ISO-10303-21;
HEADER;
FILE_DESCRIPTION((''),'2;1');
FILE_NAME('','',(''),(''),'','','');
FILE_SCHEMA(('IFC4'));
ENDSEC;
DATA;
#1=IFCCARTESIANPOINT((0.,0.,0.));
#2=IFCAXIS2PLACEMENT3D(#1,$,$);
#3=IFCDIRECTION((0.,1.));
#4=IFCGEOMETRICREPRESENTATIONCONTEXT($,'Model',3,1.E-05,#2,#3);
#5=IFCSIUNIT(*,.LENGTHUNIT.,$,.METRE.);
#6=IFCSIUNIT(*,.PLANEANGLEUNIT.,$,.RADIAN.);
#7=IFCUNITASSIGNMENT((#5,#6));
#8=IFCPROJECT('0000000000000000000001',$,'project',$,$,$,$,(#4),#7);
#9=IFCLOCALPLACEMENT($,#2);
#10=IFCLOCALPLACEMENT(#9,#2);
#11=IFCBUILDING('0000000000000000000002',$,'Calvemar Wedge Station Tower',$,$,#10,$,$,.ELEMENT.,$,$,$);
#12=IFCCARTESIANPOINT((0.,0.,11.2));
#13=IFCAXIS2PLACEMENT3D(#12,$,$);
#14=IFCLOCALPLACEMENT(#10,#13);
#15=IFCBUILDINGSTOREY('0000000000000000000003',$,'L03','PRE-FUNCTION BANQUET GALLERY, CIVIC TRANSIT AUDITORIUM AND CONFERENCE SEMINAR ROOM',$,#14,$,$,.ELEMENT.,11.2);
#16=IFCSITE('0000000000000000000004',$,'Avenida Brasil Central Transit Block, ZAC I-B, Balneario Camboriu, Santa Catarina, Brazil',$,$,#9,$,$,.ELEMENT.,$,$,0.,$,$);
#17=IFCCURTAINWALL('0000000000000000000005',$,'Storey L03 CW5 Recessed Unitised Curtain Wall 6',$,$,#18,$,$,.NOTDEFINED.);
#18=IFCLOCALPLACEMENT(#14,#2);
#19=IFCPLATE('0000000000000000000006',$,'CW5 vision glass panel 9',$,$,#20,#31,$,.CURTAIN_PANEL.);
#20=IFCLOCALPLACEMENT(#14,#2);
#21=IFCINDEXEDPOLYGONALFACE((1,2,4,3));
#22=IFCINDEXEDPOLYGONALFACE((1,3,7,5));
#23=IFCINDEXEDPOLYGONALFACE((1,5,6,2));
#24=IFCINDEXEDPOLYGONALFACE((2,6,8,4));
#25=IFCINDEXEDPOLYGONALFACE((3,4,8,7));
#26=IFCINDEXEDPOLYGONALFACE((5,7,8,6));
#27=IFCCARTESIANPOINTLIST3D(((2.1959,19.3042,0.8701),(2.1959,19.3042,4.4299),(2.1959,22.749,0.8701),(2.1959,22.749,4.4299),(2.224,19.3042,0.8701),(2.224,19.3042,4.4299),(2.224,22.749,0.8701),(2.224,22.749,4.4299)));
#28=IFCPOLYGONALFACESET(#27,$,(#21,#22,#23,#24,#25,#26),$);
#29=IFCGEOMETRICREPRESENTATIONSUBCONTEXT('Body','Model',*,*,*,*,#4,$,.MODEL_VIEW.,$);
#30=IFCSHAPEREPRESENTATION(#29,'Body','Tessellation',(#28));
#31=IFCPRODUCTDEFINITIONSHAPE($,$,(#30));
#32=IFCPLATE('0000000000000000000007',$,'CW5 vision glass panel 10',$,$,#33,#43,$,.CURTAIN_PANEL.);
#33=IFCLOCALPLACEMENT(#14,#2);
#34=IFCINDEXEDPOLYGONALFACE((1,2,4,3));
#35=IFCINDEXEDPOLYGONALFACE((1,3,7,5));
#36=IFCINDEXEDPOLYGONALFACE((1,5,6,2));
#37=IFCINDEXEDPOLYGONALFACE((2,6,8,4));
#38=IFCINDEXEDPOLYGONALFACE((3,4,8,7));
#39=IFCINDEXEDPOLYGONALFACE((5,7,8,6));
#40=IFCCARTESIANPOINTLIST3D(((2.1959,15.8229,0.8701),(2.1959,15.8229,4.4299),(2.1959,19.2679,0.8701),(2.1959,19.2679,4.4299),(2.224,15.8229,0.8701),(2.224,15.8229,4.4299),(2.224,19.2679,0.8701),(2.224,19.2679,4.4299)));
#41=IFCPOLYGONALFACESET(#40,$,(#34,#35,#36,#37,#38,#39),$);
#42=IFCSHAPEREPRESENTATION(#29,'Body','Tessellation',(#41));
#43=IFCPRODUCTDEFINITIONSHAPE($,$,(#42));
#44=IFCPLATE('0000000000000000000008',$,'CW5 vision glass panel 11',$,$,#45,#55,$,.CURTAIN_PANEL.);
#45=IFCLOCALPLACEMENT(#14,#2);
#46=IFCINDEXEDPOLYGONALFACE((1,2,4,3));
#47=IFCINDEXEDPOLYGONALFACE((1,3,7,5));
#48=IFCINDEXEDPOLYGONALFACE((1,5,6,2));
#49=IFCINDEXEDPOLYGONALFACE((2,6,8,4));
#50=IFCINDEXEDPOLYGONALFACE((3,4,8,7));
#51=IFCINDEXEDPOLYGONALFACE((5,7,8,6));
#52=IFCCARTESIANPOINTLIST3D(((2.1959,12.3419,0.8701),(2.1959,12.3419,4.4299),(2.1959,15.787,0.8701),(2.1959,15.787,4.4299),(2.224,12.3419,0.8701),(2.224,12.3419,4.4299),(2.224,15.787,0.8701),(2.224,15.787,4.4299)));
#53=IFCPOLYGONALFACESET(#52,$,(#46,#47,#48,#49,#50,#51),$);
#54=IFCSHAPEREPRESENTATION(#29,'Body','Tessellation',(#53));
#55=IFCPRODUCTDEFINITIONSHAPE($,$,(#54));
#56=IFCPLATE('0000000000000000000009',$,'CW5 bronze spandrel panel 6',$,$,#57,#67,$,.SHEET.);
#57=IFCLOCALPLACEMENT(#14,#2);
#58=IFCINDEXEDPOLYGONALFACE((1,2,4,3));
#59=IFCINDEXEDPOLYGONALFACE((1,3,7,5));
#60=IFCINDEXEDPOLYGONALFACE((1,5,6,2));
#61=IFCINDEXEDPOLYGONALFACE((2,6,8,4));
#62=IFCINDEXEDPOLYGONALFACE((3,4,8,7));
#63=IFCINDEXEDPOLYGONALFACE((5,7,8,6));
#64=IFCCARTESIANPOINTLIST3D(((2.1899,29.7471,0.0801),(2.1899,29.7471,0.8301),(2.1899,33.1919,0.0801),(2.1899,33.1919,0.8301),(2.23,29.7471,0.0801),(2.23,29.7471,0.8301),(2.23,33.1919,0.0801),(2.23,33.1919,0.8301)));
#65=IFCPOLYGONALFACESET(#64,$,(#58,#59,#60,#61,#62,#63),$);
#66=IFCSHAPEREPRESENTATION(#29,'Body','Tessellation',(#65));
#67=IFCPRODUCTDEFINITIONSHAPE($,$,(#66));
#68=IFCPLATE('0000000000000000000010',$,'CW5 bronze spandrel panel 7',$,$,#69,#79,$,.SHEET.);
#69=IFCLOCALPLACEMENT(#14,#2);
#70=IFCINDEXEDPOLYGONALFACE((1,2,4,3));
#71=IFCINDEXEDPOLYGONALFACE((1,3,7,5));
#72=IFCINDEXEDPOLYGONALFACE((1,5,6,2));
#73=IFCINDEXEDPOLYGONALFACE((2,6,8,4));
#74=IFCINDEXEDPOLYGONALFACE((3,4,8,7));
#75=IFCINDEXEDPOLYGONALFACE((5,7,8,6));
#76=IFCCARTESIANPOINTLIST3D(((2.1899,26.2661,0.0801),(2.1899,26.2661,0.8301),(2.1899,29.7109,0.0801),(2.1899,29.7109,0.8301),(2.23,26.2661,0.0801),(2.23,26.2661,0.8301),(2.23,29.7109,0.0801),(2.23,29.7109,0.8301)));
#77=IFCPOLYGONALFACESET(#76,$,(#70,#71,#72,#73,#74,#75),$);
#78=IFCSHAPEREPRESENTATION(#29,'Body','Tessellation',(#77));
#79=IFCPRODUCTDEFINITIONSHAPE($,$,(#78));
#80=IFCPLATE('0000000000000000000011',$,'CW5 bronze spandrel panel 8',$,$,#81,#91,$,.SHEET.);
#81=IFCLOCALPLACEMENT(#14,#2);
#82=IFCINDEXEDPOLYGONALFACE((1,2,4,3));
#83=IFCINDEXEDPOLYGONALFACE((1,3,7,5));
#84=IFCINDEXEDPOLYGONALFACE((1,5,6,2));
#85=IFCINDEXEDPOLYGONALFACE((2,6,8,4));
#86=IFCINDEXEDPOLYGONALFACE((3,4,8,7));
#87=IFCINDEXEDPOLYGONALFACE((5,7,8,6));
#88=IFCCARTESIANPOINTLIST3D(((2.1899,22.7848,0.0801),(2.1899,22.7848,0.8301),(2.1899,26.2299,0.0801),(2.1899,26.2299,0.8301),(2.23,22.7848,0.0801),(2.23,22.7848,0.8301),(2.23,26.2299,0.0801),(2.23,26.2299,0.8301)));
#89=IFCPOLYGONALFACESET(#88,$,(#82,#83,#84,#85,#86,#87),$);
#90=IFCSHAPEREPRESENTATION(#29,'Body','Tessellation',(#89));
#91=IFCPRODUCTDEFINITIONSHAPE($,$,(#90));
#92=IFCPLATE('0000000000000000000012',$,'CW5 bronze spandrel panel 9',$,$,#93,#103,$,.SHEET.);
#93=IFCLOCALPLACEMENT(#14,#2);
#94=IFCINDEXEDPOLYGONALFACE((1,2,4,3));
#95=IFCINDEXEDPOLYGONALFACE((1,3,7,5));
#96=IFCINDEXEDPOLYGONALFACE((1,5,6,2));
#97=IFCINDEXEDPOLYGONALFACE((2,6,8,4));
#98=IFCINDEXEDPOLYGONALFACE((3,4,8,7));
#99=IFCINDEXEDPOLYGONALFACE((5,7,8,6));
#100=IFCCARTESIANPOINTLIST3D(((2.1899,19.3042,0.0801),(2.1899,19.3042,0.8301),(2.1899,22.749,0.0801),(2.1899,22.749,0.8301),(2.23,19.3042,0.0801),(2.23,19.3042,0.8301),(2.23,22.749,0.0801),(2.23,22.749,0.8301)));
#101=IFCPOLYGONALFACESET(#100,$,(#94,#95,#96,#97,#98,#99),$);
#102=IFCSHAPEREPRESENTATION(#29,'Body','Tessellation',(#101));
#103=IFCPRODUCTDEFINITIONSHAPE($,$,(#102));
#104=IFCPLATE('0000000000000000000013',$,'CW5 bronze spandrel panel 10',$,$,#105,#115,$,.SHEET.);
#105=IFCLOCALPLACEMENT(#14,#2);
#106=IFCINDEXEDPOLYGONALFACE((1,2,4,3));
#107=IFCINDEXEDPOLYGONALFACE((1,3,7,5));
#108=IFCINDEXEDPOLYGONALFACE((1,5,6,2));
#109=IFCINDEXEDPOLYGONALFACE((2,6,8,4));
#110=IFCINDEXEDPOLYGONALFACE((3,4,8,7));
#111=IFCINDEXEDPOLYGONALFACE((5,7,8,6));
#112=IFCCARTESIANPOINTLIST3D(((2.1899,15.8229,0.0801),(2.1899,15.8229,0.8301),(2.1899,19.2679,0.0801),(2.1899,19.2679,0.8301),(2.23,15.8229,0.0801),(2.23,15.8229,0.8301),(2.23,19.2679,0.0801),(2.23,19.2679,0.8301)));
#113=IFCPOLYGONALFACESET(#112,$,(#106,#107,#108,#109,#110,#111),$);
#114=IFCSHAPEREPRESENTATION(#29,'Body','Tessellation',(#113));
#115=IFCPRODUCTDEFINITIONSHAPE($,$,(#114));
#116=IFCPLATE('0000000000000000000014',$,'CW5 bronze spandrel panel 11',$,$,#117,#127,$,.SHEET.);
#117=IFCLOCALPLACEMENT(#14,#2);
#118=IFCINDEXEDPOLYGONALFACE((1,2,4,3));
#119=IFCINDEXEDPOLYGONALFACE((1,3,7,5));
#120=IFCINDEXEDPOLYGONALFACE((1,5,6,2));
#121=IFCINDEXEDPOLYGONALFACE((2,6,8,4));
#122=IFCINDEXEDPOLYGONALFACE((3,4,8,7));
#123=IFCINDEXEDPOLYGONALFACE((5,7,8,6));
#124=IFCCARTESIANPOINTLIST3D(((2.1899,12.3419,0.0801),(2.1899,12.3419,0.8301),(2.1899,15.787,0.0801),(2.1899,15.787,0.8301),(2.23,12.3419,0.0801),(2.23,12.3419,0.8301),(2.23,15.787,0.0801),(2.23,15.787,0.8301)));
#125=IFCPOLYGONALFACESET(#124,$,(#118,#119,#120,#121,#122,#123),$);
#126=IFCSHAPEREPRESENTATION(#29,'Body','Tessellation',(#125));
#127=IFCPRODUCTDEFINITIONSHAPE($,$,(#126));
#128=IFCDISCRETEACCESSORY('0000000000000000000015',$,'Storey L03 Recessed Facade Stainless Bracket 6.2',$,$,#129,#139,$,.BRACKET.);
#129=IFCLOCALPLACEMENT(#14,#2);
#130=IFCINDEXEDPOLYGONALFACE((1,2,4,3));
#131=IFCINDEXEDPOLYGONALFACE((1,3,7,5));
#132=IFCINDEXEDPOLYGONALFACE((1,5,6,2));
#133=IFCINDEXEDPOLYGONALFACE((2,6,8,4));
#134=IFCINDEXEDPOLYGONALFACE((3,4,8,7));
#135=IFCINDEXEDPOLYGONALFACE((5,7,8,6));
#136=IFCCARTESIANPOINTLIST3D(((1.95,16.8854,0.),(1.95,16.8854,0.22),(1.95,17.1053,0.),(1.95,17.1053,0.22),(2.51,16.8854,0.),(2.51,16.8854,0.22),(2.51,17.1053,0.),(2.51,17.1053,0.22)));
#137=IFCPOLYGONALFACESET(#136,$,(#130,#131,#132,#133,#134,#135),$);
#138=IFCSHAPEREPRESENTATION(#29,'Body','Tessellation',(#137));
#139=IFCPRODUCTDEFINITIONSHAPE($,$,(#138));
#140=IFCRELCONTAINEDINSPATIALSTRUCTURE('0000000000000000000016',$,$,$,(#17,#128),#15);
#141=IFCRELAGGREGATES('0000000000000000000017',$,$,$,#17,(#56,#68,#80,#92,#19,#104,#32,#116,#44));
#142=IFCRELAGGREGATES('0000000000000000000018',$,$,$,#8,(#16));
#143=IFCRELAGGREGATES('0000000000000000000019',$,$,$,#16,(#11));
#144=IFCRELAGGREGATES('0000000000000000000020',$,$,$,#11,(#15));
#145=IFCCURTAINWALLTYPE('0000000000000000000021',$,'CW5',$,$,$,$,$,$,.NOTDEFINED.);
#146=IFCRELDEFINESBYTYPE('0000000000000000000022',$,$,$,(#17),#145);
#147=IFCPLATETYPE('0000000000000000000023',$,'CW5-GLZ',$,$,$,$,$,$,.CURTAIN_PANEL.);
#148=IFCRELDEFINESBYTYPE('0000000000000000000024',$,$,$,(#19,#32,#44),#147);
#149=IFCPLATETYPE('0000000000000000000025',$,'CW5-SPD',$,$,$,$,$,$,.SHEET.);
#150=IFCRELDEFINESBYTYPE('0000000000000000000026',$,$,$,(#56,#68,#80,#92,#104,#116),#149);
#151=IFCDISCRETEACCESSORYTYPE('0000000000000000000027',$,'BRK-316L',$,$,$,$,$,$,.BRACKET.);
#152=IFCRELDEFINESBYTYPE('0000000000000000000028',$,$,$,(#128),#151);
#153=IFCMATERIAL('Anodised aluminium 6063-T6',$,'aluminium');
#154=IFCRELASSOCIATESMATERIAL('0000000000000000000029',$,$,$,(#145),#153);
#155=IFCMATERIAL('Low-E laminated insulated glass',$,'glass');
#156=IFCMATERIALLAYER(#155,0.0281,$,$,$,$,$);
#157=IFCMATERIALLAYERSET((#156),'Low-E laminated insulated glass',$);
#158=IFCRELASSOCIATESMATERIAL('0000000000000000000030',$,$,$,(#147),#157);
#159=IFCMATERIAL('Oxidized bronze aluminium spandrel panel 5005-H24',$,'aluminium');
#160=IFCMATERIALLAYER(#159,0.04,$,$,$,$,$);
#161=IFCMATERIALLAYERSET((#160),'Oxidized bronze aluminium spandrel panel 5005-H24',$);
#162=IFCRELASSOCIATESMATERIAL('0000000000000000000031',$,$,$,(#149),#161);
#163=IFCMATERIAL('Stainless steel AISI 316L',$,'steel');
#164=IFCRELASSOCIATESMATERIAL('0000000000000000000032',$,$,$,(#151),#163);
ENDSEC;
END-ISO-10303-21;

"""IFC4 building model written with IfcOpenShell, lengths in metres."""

from ifc_helpers import new_model, si_unit, direction, frame, frame_2d, origin, origin_2d, place, context, subcontext, project, spatial, rectangle, extrude, source, transform, mapped, material, layer, layer_set, type_object, element, aggregate, save


model = new_model("IFC4")

# Units and contexts
model_context = context("Model", 3, precision=1e-05, world=origin(), true_north=direction((0.0, 1.0)))
body_context = subcontext(model_context, "Body", "Model", "MODEL_VIEW")
ifc_project = project(units=[si_unit("LENGTHUNIT", "METRE"), si_unit("PLANEANGLEUNIT", "RADIAN")], contexts=[model_context])

# Site, building, storey
site_placement = place(None, origin())
site = spatial("IfcSite", under=ifc_project, at=site_placement, Name="Avenida Brasil Central Transit Block, ZAC I-B, Balneario Camboriu, Santa Catarina, Brazil", CompositionType="ELEMENT", RefElevation=0.0)
building_placement = place(site_placement, origin())
building = spatial("IfcBuilding", under=site, at=building_placement, Name="Calvemar Wedge Station Tower", CompositionType="ELEMENT")
storey_placement = place(building_placement, frame((0.0, 0.0, 11.2)))
storey = spatial("IfcBuildingStorey", under=building, at=storey_placement, Name="L03", Description="PRE-FUNCTION BANQUET GALLERY, CIVIC TRANSIT AUDITORIUM AND CONFERENCE SEMINAR ROOM", CompositionType="ELEMENT", Elevation=11.2)

# Curtain wall, plates
ifc_material_1 = material(Name="Anodised aluminium 6063-T6", Category="aluminium")
curtain_wall_type = type_object("IfcCurtainWallType", Name="CW5", PredefinedType="NOTDEFINED", material=ifc_material_1)
curtain_wall_placement = place(storey_placement, origin())
curtain_wall = element("IfcCurtainWall", 1, at=curtain_wall_placement, inside=storey, type_object=curtain_wall_type, Name="Storey L03 CW5 Recessed Unitised Curtain Wall 6", PredefinedType="NOTDEFINED")
ifc_material_2 = material(Name="Low-E laminated insulated glass", Category="glass")
ifc_layer_1 = layer(ifc_material_2, 0.0281)
ifc_layer_set_1 = layer_set([ifc_layer_1], Name="Low-E laminated insulated glass")
plate_type_1 = type_object("IfcPlateType", Name="CW5-GLZ", PredefinedType="CURTAIN_PANEL", material=ifc_layer_set_1)
plate_1_placement = place(storey_placement, frame((2.21, 22.749, 0.8701), z_axis=(0.0, 0.0, 1.0), x_axis=(0.0, -1.0, 0.0)))
plate_1 = element("IfcPlate", 2, at=plate_1_placement, type_object=plate_type_1, Name="CW5 vision glass panel 9", PredefinedType="CURTAIN_PANEL", context=body_context, shape_type="SweptSolid", body=[
    extrude(rectangle(XDim=3.4448, YDim=0.0281, at=frame_2d((1.7224, 0.0))), origin(), (0.0, 0.0, 1.0), 3.5598),
])
plate_2_placement = place(storey_placement, frame((2.21, 19.2681, 0.8701), z_axis=(0.0, 0.0, 1.0), x_axis=(0.0, -1.0, 0.0)))
plate_2 = element("IfcPlate", 3, at=plate_2_placement, type_object=plate_type_1, Name="CW5 vision glass panel 10", PredefinedType="CURTAIN_PANEL", context=body_context, shape_type="SweptSolid", body=[
    extrude(rectangle(XDim=3.4451, YDim=0.0281, at=frame_2d((1.7227, 0.0))), origin(), (0.0, 0.0, 1.0), 3.5598),
])
plate_3_placement = place(storey_placement, frame((2.21, 15.7871, 0.8701), z_axis=(0.0, 0.0, 1.0), x_axis=(0.0, -1.0, 0.0)))
plate_3 = element("IfcPlate", 4, at=plate_3_placement, type_object=plate_type_1, Name="CW5 vision glass panel 11", PredefinedType="CURTAIN_PANEL", context=body_context, shape_type="SweptSolid", body=[
    extrude(rectangle(XDim=3.4451, YDim=0.0281, at=frame_2d((1.7227, 0.0))), origin(), (0.0, 0.0, 1.0), 3.5598),
])
ifc_material_3 = material(Name="Oxidized bronze aluminium spandrel panel 5005-H24", Category="aluminium")
ifc_layer_2 = layer(ifc_material_3, 0.04)
ifc_layer_set_2 = layer_set([ifc_layer_2], Name="Oxidized bronze aluminium spandrel panel 5005-H24")
plate_type_2 = type_object("IfcPlateType", Name="CW5-SPD", PredefinedType="SHEET", material=ifc_layer_set_2)
plate_4_placement = place(storey_placement, frame((2.21, 33.1919, 0.0801), z_axis=(0.0, 0.0, 1.0), x_axis=(0.0, -1.0, 0.0)))
plate_4 = element("IfcPlate", 5, at=plate_4_placement, type_object=plate_type_2, Name="CW5 bronze spandrel panel 6", PredefinedType="SHEET", context=body_context, shape_type="SweptSolid", body=[
    extrude(rectangle(XDim=3.4448, YDim=0.04, at=frame_2d((1.7224, 0.0))), origin(), (0.0, 0.0, 1.0), 0.75),
])
plate_5_placement = place(storey_placement, frame((2.21, 29.7109, 0.0801), z_axis=(0.0, 0.0, 1.0), x_axis=(0.0, -1.0, 0.0)))
plate_5 = element("IfcPlate", 6, at=plate_5_placement, type_object=plate_type_2, Name="CW5 bronze spandrel panel 7", PredefinedType="SHEET", context=body_context, shape_type="SweptSolid", body=[
    extrude(rectangle(XDim=3.4448, YDim=0.04, at=frame_2d((1.7224, 0.0))), origin(), (0.0, 0.0, 1.0), 0.75),
])
plate_6_placement = place(storey_placement, frame((2.21, 26.23, 0.0801), z_axis=(0.0, 0.0, 1.0), x_axis=(0.0, -1.0, 0.0)))
plate_6 = element("IfcPlate", 7, at=plate_6_placement, type_object=plate_type_2, Name="CW5 bronze spandrel panel 8", PredefinedType="SHEET", context=body_context, shape_type="SweptSolid", body=[
    extrude(rectangle(XDim=3.4451, YDim=0.04, at=frame_2d((1.7227, 0.0))), origin(), (0.0, 0.0, 1.0), 0.75),
])
plate_7_placement = place(storey_placement, frame((2.21, 22.749, 0.0801), z_axis=(0.0, 0.0, 1.0), x_axis=(0.0, -1.0, 0.0)))
plate_7 = element("IfcPlate", 8, at=plate_7_placement, type_object=plate_type_2, Name="CW5 bronze spandrel panel 9", PredefinedType="SHEET", context=body_context, shape_type="SweptSolid", body=[
    extrude(rectangle(XDim=3.4448, YDim=0.04, at=frame_2d((1.7224, 0.0))), origin(), (0.0, 0.0, 1.0), 0.75),
])
plate_8_placement = place(storey_placement, frame((2.21, 19.2681, 0.0801), z_axis=(0.0, 0.0, 1.0), x_axis=(0.0, -1.0, 0.0)))
plate_8 = element("IfcPlate", 9, at=plate_8_placement, type_object=plate_type_2, Name="CW5 bronze spandrel panel 10", PredefinedType="SHEET", context=body_context, shape_type="SweptSolid", body=[
    extrude(rectangle(XDim=3.4451, YDim=0.04, at=frame_2d((1.7227, 0.0))), origin(), (0.0, 0.0, 1.0), 0.75),
])
plate_9_placement = place(storey_placement, frame((2.21, 15.7871, 0.0801), z_axis=(0.0, 0.0, 1.0), x_axis=(0.0, -1.0, 0.0)))
plate_9 = element("IfcPlate", 10, at=plate_9_placement, type_object=plate_type_2, Name="CW5 bronze spandrel panel 11", PredefinedType="SHEET", context=body_context, shape_type="SweptSolid", body=[
    extrude(rectangle(XDim=3.4451, YDim=0.04, at=frame_2d((1.7227, 0.0))), origin(), (0.0, 0.0, 1.0), 0.75),
])
aggregate(curtain_wall, [plate_4, plate_5, plate_6, plate_7, plate_1, plate_8, plate_2, plate_9, plate_3])

# Discrete accessory
ifc_material_4 = material(Name="Stainless steel AISI 316L", Category="steel")
discrete_accessory_type = type_object("IfcDiscreteAccessoryType", Name="BRK-316L", PredefinedType="BRACKET", material=ifc_material_4)
shared_shape_1 = source(origin(), body_context, "Body", "SweptSolid", [
    extrude(rectangle(XDim=0.22, YDim=0.5601, at=origin_2d()), origin(), (0.0, 0.0, 1.0), 0.22),
])
discrete_accessory_placement = place(storey_placement, frame((2.23, 16.9954, 0.0), z_axis=(0.0, 0.0, 1.0), x_axis=(0.0, -1.0, 0.0)))
element("IfcDiscreteAccessory", 11, at=discrete_accessory_placement, inside=storey, type_object=discrete_accessory_type, Name="Storey L03 Recessed Facade Stainless Bracket 6.2", PredefinedType="BRACKET", context=body_context, shape_type="MappedRepresentation", body=[
    mapped(shared_shape_1, transform((0.0, 0.0, 0.0), scale=1.0)),
])

save(model, "model.ifc")
